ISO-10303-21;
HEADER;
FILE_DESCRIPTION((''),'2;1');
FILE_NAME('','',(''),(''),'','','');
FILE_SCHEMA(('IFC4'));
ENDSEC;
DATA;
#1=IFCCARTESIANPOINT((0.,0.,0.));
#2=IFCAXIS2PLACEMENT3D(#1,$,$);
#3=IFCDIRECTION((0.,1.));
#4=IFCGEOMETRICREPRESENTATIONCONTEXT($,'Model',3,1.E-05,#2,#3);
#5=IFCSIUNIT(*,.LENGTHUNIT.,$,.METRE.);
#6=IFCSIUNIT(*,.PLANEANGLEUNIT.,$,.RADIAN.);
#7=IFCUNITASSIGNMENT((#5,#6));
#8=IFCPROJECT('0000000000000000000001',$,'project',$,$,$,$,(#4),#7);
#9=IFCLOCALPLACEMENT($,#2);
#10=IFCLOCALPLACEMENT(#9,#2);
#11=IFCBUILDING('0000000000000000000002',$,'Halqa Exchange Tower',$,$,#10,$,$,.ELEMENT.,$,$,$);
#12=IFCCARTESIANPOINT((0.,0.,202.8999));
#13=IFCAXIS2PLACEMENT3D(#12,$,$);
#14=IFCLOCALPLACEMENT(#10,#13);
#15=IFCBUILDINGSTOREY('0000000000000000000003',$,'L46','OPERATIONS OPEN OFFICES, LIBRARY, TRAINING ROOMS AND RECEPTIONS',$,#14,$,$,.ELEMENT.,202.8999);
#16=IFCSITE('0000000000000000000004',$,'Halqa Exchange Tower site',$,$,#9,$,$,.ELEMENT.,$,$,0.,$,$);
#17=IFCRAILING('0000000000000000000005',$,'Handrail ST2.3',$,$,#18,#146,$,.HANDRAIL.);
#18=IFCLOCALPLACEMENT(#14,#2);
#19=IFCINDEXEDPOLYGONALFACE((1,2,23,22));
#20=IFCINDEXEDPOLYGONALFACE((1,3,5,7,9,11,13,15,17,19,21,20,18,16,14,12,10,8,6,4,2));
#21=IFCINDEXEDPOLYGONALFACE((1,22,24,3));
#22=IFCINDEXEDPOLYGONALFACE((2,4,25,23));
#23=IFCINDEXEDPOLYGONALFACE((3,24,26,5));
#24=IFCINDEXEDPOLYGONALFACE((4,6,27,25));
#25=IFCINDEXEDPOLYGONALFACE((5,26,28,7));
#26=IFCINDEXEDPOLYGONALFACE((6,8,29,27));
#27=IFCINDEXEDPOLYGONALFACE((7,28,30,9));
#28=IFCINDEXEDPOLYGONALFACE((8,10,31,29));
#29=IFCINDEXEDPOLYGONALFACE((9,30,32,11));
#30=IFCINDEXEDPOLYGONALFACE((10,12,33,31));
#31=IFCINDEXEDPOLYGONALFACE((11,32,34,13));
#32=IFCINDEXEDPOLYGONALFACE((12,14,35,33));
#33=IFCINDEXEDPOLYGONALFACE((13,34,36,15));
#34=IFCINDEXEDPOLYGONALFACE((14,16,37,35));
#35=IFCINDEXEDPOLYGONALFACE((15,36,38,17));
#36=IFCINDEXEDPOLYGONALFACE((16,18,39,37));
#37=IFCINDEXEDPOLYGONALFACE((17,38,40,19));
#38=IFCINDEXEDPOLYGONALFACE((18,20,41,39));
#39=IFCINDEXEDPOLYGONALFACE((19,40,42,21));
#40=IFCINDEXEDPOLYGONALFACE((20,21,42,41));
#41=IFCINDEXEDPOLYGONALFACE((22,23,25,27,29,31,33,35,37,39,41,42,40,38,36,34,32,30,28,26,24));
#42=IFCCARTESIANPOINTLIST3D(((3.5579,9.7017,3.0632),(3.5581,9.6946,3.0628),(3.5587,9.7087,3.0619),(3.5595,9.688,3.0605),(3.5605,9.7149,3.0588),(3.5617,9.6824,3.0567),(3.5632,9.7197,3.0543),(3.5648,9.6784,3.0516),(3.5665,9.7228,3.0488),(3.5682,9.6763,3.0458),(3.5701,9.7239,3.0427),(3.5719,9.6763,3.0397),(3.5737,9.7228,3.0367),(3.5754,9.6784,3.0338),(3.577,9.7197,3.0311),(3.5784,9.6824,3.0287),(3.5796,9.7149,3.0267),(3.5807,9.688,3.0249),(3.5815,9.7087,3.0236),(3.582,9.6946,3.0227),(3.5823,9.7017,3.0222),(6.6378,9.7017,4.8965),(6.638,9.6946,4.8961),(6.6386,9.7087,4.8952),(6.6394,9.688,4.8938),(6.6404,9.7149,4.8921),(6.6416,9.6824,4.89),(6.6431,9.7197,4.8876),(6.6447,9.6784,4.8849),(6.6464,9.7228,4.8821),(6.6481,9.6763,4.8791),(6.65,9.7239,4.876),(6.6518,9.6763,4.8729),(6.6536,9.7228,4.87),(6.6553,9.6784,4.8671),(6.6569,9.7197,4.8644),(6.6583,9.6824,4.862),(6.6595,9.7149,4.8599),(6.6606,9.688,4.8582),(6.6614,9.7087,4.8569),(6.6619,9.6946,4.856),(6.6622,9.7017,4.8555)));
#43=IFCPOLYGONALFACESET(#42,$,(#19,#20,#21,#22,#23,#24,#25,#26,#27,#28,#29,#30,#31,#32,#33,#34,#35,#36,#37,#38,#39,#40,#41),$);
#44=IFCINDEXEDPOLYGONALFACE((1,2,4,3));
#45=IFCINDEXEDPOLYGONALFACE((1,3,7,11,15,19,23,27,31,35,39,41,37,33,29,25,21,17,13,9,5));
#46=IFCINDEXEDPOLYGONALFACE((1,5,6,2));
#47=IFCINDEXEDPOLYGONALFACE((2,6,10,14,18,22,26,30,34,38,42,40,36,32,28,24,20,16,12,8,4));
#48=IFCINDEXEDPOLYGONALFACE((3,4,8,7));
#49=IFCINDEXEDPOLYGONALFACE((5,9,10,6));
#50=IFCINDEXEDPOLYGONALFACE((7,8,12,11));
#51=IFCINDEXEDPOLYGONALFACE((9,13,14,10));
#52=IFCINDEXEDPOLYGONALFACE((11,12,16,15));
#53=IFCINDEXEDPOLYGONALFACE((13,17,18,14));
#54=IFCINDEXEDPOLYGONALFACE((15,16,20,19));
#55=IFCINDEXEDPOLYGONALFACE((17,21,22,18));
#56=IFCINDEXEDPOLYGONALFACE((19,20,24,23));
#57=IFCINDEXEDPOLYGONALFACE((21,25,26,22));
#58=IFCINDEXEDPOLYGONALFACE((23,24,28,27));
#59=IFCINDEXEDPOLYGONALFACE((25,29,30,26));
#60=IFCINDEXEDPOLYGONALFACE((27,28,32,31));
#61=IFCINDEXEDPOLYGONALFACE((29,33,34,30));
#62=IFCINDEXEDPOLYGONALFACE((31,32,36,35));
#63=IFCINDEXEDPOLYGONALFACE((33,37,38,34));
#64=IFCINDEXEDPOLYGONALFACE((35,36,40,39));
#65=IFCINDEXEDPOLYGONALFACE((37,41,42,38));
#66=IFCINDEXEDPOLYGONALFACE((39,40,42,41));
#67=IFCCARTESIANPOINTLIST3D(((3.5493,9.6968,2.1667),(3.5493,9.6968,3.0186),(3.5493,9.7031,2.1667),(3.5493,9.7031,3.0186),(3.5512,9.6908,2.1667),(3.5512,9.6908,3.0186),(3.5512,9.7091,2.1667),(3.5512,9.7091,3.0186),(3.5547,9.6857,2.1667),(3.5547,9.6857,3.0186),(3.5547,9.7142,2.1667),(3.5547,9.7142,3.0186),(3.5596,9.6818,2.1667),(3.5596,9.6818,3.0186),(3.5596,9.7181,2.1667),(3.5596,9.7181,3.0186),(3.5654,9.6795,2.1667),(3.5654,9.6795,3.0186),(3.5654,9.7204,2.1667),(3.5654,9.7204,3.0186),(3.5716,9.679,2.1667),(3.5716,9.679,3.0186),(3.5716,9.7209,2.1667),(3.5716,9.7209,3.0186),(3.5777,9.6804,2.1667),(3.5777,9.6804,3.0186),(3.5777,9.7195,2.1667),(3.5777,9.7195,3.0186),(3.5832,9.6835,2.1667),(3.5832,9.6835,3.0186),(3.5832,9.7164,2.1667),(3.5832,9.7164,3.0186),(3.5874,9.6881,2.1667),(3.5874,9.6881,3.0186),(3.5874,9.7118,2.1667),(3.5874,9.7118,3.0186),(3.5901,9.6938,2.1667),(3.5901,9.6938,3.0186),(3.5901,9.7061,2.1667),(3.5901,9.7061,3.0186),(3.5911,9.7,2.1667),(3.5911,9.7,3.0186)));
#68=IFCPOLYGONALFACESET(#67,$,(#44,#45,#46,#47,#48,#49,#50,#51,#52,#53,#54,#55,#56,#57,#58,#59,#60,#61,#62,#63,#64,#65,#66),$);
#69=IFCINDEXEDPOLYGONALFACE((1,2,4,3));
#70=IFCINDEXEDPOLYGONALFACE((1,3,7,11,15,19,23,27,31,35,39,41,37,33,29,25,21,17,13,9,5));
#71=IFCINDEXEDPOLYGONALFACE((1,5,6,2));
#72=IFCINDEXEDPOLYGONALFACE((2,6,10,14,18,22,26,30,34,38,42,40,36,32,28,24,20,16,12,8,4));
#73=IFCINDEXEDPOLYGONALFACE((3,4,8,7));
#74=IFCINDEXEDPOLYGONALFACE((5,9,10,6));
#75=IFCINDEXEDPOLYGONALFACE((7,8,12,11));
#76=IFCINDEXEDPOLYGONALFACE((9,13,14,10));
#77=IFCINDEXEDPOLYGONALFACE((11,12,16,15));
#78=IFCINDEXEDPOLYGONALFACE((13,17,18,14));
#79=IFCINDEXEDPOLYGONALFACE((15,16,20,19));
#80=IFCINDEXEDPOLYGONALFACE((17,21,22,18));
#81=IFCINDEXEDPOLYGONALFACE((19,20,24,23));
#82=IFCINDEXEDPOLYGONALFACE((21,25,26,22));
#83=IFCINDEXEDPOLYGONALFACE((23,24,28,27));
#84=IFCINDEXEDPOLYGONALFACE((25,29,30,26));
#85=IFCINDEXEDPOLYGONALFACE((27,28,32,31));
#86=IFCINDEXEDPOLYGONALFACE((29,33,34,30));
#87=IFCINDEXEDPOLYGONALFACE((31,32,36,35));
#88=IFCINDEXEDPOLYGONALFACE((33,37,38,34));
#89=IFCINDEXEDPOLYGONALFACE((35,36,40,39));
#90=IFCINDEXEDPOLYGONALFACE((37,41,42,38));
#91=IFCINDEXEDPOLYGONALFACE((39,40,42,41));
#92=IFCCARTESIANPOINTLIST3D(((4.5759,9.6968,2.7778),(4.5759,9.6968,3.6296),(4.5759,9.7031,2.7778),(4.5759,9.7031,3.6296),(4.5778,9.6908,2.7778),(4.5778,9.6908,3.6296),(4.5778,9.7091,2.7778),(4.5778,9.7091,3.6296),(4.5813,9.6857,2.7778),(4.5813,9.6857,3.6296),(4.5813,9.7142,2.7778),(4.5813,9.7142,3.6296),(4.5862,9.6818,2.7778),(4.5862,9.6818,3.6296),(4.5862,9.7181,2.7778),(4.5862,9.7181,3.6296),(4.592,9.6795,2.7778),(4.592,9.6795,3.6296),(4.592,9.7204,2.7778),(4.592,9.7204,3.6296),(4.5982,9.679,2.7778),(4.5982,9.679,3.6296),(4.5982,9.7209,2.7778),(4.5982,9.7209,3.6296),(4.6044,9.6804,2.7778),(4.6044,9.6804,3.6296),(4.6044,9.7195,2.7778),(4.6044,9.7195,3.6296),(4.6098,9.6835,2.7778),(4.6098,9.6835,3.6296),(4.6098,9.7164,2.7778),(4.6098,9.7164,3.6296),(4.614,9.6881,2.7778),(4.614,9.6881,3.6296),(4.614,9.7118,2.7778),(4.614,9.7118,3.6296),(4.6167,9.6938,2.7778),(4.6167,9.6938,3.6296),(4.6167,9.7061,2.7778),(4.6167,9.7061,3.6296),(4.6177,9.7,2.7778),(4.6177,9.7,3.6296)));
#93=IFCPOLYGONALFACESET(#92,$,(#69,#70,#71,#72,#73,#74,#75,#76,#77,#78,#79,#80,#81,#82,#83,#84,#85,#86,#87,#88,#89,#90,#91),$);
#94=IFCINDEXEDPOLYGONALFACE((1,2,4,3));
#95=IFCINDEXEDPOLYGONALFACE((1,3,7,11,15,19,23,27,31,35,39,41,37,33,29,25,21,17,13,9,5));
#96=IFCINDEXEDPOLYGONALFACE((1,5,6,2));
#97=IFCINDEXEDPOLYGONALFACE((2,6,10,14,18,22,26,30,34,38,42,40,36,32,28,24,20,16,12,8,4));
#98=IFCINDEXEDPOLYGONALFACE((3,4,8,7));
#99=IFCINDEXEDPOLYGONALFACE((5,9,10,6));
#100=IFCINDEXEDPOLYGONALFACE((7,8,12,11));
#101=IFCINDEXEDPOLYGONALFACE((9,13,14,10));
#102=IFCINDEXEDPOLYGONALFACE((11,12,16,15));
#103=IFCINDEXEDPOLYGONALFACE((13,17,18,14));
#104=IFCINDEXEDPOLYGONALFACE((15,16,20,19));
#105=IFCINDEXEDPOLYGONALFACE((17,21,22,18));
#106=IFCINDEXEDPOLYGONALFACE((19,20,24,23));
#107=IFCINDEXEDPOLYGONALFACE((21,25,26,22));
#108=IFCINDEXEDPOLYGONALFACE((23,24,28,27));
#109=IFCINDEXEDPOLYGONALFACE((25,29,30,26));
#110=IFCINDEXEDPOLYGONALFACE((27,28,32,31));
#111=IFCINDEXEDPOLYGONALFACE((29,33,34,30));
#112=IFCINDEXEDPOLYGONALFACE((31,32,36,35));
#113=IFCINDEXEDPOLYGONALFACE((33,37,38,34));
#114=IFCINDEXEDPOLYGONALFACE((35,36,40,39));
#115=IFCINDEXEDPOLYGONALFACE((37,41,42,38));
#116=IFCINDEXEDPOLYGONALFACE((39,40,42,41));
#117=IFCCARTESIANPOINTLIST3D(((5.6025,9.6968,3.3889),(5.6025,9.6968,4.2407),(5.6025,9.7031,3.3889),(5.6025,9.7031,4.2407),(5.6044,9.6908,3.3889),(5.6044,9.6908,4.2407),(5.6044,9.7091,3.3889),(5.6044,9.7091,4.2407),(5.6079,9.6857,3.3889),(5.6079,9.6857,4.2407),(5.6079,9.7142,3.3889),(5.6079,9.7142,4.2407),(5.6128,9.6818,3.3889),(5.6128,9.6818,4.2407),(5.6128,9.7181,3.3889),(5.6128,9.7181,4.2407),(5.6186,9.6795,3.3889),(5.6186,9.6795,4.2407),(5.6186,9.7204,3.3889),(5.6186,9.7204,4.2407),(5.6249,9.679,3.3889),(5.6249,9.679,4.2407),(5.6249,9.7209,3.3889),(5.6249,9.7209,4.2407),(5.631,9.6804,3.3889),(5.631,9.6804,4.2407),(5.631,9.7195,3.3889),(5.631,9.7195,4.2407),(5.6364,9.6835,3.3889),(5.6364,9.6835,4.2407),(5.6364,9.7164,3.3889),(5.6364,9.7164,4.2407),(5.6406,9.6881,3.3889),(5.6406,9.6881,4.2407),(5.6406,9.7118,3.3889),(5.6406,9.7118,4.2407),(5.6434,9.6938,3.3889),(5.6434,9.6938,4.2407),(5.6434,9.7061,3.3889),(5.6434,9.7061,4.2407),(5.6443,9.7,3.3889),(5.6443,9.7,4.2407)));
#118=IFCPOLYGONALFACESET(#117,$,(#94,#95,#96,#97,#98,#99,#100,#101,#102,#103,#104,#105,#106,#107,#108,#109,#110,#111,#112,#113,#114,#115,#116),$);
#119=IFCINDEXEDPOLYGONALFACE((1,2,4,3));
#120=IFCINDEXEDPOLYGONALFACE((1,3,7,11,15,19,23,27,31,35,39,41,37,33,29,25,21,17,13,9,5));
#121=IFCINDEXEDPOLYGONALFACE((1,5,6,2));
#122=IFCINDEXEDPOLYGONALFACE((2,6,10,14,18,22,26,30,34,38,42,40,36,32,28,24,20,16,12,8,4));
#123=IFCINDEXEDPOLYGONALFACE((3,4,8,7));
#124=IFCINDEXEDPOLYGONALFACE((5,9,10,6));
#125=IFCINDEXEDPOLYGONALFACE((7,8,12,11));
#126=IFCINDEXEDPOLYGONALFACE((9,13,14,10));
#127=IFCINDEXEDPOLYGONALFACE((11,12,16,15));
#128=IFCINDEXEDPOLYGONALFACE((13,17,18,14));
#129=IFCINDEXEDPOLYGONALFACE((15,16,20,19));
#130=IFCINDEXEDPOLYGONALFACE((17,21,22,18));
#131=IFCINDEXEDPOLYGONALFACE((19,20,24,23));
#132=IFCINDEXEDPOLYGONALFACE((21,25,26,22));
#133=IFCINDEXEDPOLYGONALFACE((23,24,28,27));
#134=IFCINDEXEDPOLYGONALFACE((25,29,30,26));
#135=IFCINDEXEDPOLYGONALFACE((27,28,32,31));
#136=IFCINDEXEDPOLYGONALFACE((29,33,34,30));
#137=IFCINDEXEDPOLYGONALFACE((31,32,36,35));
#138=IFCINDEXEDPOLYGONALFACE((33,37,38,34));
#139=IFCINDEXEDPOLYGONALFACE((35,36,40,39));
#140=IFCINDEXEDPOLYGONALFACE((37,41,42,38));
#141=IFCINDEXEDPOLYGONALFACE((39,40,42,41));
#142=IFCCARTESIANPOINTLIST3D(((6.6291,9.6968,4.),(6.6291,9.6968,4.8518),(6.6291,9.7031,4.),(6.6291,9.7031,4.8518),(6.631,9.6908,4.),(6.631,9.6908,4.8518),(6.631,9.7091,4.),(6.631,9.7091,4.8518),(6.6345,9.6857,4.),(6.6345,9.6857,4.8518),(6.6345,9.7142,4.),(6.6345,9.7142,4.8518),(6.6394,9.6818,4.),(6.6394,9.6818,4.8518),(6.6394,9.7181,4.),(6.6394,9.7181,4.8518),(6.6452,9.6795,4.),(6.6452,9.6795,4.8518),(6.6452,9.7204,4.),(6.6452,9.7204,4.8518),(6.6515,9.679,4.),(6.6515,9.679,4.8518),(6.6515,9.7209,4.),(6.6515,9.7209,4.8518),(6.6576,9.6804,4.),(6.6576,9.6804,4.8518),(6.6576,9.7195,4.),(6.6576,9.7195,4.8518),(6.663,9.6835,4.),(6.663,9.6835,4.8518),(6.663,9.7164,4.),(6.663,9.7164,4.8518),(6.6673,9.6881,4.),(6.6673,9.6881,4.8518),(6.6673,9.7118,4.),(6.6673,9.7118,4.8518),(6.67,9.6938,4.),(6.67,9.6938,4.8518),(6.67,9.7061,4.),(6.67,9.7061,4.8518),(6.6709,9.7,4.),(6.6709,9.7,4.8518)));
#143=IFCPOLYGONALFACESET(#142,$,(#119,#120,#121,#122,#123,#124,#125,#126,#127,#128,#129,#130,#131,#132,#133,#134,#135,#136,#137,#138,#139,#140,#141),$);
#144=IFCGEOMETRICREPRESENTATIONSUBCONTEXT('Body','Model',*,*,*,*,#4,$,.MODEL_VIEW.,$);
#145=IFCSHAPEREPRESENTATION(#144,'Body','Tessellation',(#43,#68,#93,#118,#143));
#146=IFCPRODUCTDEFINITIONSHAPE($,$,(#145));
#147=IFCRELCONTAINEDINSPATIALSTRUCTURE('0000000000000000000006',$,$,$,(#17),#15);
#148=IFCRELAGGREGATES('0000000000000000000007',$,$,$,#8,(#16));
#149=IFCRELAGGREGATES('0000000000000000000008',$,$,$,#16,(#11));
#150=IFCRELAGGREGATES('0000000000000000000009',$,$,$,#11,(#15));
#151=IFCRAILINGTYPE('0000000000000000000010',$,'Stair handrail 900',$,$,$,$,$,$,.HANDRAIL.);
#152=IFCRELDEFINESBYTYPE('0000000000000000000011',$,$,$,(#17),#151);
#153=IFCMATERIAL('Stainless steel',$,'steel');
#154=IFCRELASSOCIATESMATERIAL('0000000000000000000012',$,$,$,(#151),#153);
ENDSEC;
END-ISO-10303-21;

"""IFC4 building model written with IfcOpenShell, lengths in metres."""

from ifc_helpers import new_model, si_unit, direction, frame, origin, origin_2d, place, context, subcontext, project, spatial, circle, extrude, material, type_object, element, save


model = new_model("IFC4")

# Units and contexts
model_context = context("Model", 3, precision=1e-05, world=origin(), true_north=direction((0.0, 1.0)))
body_context = subcontext(model_context, "Body", "Model", "MODEL_VIEW")
ifc_project = project(units=[si_unit("LENGTHUNIT", "METRE"), si_unit("PLANEANGLEUNIT", "RADIAN")], contexts=[model_context])

# Site, building, storey
site_placement = place(None, origin())
site = spatial("IfcSite", under=ifc_project, at=site_placement, Name="Halqa Exchange Tower site", CompositionType="ELEMENT", RefElevation=0.0)
building_placement = place(site_placement, origin())
building = spatial("IfcBuilding", under=site, at=building_placement, Name="Halqa Exchange Tower", CompositionType="ELEMENT")
storey_placement = place(building_placement, frame((0.0, 0.0, 202.8999)))
storey = spatial("IfcBuildingStorey", under=building, at=storey_placement, Name="L46", Description="OPERATIONS OPEN OFFICES, LIBRARY, TRAINING ROOMS AND RECEPTIONS", CompositionType="ELEMENT", Elevation=202.8999)

# Railing
ifc_material_1 = material(Name="Stainless steel", Category="steel")
railing_type_1 = type_object("IfcRailingType", Name="Stair handrail 900", PredefinedType="HANDRAIL", material=ifc_material_1)
railing_1_placement = place(storey_placement, frame((3.5701, 9.7, 2.1667)))
element("IfcRailing", 1, at=railing_1_placement, inside=storey, type_object=railing_type_1, Name="Handrail ST2.3", PredefinedType="HANDRAIL", context=body_context, shape_type="SweptSolid", body=[
    extrude(circle(Radius=0.0239, at=origin_2d()), frame((0.0, 0.0, 0.876), z_axis=(0.859291, 0.0, 0.511487), x_axis=(0.0, 1.0, 0.0)), (0.0, 0.0, 1.0), 3.5842),
    extrude(circle(Radius=0.021, at=origin_2d()), origin(), (0.0, 0.0, 1.0), 0.8518),
    extrude(circle(Radius=0.021, at=origin_2d()), frame((1.0266, 0.0, 0.6111)), (0.0, 0.0, 1.0), 0.8518),
    extrude(circle(Radius=0.021, at=origin_2d()), frame((2.0532, 0.0, 1.2222)), (0.0, 0.0, 1.0), 0.8518),
    extrude(circle(Radius=0.021, at=origin_2d()), frame((3.0798, 0.0, 1.8333)), (0.0, 0.0, 1.0), 0.8518),
])

save(model, "model.ifc")
